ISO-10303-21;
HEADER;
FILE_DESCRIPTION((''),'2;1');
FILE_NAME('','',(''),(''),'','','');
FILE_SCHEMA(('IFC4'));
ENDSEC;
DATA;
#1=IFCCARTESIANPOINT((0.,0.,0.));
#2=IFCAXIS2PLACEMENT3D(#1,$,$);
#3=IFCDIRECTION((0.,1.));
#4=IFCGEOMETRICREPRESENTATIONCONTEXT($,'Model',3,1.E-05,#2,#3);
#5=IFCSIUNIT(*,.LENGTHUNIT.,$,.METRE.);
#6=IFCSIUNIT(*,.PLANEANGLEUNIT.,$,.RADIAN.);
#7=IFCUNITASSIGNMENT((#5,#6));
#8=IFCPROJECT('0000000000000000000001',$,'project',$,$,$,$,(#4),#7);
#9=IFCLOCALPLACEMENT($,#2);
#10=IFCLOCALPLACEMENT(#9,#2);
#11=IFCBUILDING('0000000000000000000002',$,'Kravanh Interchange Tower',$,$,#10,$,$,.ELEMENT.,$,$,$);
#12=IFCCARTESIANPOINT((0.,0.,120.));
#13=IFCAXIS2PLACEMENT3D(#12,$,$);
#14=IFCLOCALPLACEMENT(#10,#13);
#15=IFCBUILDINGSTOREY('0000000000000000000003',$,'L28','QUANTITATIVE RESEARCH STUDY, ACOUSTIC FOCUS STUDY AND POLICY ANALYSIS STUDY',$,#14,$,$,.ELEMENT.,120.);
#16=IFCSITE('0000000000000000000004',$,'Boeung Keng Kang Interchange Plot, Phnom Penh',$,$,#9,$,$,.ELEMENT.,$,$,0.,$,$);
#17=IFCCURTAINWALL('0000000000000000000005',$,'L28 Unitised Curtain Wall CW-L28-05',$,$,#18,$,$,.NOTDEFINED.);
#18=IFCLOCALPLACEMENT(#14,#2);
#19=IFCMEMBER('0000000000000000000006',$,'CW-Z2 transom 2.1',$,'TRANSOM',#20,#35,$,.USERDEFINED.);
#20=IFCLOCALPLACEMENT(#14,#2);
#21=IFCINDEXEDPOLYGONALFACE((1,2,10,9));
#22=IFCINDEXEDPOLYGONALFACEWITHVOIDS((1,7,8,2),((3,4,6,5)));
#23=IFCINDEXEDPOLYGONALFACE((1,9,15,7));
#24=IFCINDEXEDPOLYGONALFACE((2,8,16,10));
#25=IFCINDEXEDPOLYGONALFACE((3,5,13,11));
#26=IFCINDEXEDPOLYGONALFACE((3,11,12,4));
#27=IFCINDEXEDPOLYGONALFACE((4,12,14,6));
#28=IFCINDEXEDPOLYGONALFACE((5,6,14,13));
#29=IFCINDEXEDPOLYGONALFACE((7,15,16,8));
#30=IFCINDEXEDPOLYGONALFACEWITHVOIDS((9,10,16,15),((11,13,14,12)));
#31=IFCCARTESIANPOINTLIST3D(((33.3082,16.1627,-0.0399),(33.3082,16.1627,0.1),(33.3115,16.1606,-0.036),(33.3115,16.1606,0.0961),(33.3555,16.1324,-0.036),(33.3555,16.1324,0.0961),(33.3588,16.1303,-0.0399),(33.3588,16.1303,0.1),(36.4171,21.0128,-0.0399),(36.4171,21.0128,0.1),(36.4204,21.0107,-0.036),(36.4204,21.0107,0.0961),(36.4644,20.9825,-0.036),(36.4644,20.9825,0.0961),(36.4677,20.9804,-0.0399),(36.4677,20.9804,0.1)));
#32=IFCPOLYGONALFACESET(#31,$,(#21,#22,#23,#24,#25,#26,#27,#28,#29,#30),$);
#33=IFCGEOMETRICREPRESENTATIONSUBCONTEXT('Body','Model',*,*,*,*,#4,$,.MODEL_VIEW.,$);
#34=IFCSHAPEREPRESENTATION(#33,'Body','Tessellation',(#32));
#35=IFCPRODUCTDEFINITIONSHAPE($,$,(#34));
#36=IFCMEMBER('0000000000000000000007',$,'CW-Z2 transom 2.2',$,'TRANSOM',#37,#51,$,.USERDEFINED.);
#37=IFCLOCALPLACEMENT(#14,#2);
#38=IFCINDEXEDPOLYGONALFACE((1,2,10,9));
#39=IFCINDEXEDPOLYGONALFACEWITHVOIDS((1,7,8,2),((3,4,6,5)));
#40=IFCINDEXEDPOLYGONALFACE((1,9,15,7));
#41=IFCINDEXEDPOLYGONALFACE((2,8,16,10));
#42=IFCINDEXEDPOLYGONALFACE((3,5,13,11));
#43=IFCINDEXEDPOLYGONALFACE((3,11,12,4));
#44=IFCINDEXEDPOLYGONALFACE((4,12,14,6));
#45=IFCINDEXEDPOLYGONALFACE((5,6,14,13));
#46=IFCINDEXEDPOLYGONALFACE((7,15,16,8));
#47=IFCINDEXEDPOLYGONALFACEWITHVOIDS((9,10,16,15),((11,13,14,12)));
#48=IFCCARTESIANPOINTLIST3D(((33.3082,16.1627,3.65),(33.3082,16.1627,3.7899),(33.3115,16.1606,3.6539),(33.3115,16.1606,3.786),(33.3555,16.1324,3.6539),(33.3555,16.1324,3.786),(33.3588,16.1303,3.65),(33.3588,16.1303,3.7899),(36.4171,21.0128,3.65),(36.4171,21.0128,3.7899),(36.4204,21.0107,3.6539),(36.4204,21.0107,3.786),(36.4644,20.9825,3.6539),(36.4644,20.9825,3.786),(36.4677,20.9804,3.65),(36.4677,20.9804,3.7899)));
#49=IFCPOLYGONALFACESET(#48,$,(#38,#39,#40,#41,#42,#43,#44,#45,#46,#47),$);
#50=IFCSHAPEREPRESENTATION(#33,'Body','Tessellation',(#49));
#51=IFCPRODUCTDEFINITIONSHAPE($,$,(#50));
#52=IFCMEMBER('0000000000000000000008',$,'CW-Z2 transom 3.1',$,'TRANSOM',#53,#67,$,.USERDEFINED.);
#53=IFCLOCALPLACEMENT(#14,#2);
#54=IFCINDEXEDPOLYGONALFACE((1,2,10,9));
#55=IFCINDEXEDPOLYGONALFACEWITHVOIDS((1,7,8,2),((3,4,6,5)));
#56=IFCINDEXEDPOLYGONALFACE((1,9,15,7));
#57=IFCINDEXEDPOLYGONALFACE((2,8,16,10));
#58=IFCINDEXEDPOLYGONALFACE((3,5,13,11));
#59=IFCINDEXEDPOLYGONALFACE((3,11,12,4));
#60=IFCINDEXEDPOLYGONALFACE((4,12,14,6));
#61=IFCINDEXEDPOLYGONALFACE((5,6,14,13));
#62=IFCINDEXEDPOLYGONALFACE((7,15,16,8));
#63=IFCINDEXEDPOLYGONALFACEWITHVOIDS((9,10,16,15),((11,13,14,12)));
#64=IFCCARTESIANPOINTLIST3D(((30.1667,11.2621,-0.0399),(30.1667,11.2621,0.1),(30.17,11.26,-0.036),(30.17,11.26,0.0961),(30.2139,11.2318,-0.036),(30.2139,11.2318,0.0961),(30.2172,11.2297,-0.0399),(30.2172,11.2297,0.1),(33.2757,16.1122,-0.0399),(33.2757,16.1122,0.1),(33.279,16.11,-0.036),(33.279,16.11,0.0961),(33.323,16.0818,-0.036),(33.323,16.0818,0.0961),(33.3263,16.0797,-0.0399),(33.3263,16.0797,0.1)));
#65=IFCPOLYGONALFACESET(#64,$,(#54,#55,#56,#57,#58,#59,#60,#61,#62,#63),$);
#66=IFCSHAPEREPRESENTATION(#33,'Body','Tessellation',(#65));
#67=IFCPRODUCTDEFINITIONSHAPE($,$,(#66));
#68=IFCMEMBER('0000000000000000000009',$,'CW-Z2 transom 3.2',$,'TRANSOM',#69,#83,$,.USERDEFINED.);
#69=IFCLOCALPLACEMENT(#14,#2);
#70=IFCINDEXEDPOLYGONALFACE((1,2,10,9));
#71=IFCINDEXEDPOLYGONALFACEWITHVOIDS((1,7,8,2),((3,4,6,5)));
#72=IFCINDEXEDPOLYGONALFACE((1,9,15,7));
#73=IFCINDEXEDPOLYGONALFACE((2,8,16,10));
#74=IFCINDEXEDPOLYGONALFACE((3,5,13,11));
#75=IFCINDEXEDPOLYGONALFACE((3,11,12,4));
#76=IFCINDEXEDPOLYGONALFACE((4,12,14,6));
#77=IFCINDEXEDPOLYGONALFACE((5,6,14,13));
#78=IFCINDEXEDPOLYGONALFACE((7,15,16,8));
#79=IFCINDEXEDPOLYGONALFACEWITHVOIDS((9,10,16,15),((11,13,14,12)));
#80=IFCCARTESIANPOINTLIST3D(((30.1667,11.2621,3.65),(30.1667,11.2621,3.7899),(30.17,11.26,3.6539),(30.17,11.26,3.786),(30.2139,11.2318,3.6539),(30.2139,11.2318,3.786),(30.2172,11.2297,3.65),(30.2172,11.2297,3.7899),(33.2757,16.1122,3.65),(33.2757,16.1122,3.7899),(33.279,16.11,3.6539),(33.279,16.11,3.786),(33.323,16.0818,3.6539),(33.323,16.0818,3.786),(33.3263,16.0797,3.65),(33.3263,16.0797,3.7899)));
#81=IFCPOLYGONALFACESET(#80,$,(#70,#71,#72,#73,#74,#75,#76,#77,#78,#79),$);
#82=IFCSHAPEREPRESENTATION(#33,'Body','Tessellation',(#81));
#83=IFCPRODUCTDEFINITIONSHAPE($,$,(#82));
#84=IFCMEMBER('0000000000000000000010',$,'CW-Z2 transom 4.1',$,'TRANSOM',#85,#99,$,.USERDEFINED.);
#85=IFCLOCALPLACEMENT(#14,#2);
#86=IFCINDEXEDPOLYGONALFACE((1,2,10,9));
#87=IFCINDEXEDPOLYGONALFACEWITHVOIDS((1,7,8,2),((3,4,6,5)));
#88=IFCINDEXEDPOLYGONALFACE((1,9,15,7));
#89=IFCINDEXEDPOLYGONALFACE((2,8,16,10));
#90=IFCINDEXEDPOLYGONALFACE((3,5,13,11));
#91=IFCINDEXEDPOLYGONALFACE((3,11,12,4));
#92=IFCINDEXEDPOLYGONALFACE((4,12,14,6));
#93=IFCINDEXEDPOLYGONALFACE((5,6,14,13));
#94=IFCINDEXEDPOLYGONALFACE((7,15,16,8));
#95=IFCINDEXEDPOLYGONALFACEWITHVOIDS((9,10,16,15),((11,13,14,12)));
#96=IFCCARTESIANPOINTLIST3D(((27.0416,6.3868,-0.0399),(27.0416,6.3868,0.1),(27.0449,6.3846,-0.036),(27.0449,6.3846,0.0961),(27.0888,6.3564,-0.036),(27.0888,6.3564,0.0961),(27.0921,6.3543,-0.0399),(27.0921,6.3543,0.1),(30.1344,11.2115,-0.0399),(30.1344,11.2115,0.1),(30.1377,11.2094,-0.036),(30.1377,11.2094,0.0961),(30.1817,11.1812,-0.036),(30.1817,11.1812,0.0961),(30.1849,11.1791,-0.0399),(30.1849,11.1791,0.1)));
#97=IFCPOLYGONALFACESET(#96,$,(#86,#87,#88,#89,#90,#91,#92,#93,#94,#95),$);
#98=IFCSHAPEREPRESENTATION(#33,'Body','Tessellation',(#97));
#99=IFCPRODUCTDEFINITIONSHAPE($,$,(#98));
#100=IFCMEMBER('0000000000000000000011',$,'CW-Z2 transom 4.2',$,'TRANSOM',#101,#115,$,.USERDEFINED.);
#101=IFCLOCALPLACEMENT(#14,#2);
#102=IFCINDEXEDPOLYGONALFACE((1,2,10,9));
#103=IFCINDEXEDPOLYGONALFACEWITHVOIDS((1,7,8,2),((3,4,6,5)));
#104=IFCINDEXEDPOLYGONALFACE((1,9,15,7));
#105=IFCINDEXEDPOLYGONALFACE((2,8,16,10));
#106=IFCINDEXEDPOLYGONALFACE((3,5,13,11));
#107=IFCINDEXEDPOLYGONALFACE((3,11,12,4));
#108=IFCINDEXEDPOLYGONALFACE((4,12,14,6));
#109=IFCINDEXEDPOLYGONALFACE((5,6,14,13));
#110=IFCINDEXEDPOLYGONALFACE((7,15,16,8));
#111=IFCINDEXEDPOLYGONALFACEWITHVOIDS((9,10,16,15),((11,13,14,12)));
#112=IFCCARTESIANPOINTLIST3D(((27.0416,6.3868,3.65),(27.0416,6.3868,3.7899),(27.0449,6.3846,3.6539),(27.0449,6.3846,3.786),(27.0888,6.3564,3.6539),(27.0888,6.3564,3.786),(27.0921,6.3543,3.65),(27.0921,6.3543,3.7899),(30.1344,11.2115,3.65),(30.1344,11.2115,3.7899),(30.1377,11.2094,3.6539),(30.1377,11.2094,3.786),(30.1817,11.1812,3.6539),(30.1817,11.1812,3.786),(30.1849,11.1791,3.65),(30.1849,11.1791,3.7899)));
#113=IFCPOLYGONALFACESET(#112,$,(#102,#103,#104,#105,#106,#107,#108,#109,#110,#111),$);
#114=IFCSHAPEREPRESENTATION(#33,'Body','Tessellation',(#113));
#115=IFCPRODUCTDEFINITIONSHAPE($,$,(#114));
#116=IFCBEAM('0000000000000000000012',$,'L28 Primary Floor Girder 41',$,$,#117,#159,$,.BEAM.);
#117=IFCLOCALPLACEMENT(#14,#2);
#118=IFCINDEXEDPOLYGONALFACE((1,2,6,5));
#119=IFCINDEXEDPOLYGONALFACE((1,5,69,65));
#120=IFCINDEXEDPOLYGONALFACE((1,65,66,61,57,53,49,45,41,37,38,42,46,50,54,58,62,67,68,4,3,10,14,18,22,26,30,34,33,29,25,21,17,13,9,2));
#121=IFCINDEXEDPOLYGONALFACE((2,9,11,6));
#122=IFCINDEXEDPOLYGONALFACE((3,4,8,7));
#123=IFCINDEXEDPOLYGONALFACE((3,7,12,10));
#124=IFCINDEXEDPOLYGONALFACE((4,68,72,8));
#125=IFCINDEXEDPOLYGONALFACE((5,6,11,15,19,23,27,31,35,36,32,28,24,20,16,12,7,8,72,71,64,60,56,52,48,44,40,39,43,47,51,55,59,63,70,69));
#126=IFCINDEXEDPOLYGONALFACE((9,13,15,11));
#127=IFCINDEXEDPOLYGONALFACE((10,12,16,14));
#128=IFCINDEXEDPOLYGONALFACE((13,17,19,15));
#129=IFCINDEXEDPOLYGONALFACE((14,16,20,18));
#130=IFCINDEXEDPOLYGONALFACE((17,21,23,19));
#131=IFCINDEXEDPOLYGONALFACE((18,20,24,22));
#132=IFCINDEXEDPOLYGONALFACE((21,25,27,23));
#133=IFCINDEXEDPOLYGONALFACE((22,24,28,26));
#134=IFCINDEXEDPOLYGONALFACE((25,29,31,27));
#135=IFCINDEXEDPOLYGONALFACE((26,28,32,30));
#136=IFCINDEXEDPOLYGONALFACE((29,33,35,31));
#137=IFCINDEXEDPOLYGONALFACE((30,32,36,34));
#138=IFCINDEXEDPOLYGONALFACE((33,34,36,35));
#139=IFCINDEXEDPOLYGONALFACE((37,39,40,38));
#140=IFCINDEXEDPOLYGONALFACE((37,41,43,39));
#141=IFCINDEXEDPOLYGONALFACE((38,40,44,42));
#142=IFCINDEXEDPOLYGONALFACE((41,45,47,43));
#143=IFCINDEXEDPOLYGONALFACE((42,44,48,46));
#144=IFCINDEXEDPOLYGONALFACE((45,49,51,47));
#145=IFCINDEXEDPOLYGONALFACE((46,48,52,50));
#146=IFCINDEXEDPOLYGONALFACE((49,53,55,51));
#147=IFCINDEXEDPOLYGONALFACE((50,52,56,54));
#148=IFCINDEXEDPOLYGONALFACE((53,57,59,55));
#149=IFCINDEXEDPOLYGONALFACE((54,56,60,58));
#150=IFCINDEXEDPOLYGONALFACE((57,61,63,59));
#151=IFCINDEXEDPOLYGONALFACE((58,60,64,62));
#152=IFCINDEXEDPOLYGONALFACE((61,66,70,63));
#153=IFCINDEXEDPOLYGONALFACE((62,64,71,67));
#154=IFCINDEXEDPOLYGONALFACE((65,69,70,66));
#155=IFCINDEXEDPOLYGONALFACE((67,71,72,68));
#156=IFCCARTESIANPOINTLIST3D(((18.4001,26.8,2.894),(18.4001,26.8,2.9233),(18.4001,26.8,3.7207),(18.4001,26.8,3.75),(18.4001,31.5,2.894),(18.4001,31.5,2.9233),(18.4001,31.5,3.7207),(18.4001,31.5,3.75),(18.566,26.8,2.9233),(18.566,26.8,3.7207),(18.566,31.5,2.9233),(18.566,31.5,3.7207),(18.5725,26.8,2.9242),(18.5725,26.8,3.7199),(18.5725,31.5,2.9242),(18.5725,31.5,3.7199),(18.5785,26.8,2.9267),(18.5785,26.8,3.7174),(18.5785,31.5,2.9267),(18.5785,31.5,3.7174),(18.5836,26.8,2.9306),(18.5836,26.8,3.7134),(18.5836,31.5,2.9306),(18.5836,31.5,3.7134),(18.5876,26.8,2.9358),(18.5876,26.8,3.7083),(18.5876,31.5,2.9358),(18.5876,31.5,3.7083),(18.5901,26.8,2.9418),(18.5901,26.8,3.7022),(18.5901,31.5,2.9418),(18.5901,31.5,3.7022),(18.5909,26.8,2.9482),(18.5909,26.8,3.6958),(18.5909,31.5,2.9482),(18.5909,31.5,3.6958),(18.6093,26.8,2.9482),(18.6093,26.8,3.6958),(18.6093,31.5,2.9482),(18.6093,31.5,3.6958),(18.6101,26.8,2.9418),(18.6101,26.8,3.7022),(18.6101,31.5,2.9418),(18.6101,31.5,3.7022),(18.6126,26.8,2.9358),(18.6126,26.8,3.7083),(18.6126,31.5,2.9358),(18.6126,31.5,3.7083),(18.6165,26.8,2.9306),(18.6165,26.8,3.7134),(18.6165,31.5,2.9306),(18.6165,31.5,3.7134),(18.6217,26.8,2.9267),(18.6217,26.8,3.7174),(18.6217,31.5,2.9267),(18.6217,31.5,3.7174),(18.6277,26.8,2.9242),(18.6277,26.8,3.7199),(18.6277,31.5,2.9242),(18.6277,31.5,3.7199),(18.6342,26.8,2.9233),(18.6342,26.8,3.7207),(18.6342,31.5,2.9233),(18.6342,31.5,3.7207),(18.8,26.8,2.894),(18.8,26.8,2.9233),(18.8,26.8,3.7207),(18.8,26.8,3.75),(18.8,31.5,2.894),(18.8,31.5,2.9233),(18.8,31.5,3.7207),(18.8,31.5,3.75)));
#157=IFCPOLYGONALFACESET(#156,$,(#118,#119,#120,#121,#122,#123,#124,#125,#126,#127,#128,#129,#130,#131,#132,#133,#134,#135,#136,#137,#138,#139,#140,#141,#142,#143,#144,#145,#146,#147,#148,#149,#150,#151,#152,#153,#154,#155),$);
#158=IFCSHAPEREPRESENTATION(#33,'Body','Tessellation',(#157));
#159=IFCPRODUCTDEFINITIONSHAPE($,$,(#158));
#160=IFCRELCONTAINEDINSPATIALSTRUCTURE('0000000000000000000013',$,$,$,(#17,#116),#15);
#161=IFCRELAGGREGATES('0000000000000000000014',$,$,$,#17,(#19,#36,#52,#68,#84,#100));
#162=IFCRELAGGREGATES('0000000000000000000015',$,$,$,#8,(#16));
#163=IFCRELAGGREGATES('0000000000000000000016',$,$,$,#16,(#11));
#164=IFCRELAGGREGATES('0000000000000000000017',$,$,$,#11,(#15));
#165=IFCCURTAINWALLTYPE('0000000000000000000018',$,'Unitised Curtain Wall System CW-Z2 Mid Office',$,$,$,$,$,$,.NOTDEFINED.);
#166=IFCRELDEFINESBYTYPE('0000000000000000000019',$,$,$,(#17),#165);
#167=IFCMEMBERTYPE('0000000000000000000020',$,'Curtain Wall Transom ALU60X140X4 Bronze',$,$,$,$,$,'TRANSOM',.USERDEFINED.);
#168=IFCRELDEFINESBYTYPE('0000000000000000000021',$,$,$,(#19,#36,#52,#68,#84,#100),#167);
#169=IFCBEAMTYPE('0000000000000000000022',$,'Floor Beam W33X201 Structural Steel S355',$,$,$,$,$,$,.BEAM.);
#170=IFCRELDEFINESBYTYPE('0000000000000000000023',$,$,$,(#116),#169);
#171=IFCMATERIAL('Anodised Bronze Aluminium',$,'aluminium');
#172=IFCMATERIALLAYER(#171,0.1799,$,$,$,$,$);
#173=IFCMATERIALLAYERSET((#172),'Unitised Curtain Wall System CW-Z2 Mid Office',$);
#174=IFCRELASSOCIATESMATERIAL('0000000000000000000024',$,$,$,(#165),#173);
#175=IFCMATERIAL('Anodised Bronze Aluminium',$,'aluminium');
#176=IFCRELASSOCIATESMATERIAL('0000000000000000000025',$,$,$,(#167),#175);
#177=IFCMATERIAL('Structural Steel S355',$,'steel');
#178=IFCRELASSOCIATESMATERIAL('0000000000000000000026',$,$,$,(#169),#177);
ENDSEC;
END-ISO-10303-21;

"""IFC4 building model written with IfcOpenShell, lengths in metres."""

from ifc_helpers import new_model, si_unit, direction, frame, origin, origin_2d, place, context, subcontext, project, spatial, hollow_rectangle, i_section, extrude, material, layer, layer_set, material_profile, profile_set, type_object, element, aggregate, save


model = new_model("IFC4")

# Units and contexts
model_context = context("Model", 3, precision=1e-05, world=origin(), true_north=direction((0.0, 1.0)))
body_context = subcontext(model_context, "Body", "Model", "MODEL_VIEW")
ifc_project = project(units=[si_unit("LENGTHUNIT", "METRE"), si_unit("PLANEANGLEUNIT", "RADIAN")], contexts=[model_context])

# Site, building, storey
site_placement = place(None, origin())
site = spatial("IfcSite", under=ifc_project, at=site_placement, Name="Boeung Keng Kang Interchange Plot, Phnom Penh", CompositionType="ELEMENT", RefElevation=0.0)
building_placement = place(site_placement, origin())
building = spatial("IfcBuilding", under=site, at=building_placement, Name="Kravanh Interchange Tower", CompositionType="ELEMENT")
storey_placement = place(building_placement, frame((0.0, 0.0, 120.0)))
storey = spatial("IfcBuildingStorey", under=building, at=storey_placement, Name="L28", Description="QUANTITATIVE RESEARCH STUDY, ACOUSTIC FOCUS STUDY AND POLICY ANALYSIS STUDY", CompositionType="ELEMENT", Elevation=120.0)

# Curtain wall, members
ifc_material_1 = material(Name="Anodised Bronze Aluminium", Category="aluminium")
ifc_layer_1 = layer(ifc_material_1, 0.1799)
ifc_layer_set_1 = layer_set([ifc_layer_1], Name="Unitised Curtain Wall System CW-Z2 Mid Office")
curtain_wall_type = type_object("IfcCurtainWallType", Name="Unitised Curtain Wall System CW-Z2 Mid Office", PredefinedType="NOTDEFINED", material=ifc_layer_set_1)
curtain_wall_placement = place(storey_placement, origin())
curtain_wall = element("IfcCurtainWall", 1, at=curtain_wall_placement, inside=storey, type_object=curtain_wall_type, Name="L28 Unitised Curtain Wall CW-L28-05", PredefinedType="NOTDEFINED")
ifc_material_2 = material(Name="Anodised Bronze Aluminium", Category="aluminium")
ifc_material_profile_1 = material_profile(ifc_material_2, hollow_rectangle(XDim=0.0601, YDim=0.1399, WallThickness=0.0039, at=origin_2d()), Name="ALU60X140X4")
ifc_profile_set_1 = profile_set([ifc_material_profile_1], Name="Anodised Bronze Aluminium")
member_type_1 = type_object("IfcMemberType", Name="Curtain Wall Transom ALU60X140X4 Bronze", ElementType="TRANSOM", PredefinedType="USERDEFINED", material=ifc_profile_set_1)
member_1_placement = place(storey_placement, frame((36.4424, 20.9966, 0.03), z_axis=(-0.539648, -0.841891, 0.0), x_axis=(0.841891, -0.539648, 0.0)))
member_1 = element("IfcMember", 2, at=member_1_placement, type_object=member_type_1, Name="CW-Z2 transom 2.1", ObjectType="TRANSOM", PredefinedType="USERDEFINED", context=body_context, shape_type="SweptSolid", body=[
    extrude(hollow_rectangle(XDim=0.0601, YDim=0.1399, WallThickness=0.0039, at=origin_2d()), origin(), (0.0, 0.0, 1.0), 5.761),
])
member_2_placement = place(storey_placement, frame((36.4424, 20.9966, 3.72), z_axis=(-0.539648, -0.841891, 0.0), x_axis=(0.841891, -0.539648, 0.0)))
member_2 = element("IfcMember", 3, at=member_2_placement, type_object=member_type_1, Name="CW-Z2 transom 2.2", ObjectType="TRANSOM", PredefinedType="USERDEFINED", context=body_context, shape_type="SweptSolid", body=[
    extrude(hollow_rectangle(XDim=0.0601, YDim=0.1399, WallThickness=0.0039, at=origin_2d()), origin(), (0.0, 0.0, 1.0), 5.761),
])
member_3_placement = place(storey_placement, frame((33.301, 16.0959, 0.03), z_axis=(-0.539678, -0.841872, 0.0), x_axis=(0.841872, -0.539678, 0.0)))
member_3 = element("IfcMember", 4, at=member_3_placement, type_object=member_type_1, Name="CW-Z2 transom 3.1", ObjectType="TRANSOM", PredefinedType="USERDEFINED", context=body_context, shape_type="SweptSolid", body=[
    extrude(hollow_rectangle(XDim=0.0601, YDim=0.1399, WallThickness=0.0039, at=origin_2d()), origin(), (0.0, 0.0, 1.0), 5.761),
])
member_4_placement = place(storey_placement, frame((33.301, 16.0959, 3.72), z_axis=(-0.539678, -0.841872, 0.0), x_axis=(0.841872, -0.539678, 0.0)))
member_4 = element("IfcMember", 5, at=member_4_placement, type_object=member_type_1, Name="CW-Z2 transom 3.2", ObjectType="TRANSOM", PredefinedType="USERDEFINED", context=body_context, shape_type="SweptSolid", body=[
    extrude(hollow_rectangle(XDim=0.0601, YDim=0.1399, WallThickness=0.0039, at=origin_2d()), origin(), (0.0, 0.0, 1.0), 5.761),
])
member_5_placement = place(storey_placement, frame((30.1597, 11.1953, 0.03), z_axis=(-0.539668, -0.841878, 0.0), x_axis=(0.841878, -0.539668, 0.0)))
member_5 = element("IfcMember", 6, at=member_5_placement, type_object=member_type_1, Name="CW-Z2 transom 4.1", ObjectType="TRANSOM", PredefinedType="USERDEFINED", context=body_context, shape_type="SweptSolid", body=[
    extrude(hollow_rectangle(XDim=0.0601, YDim=0.1399, WallThickness=0.0039, at=origin_2d()), origin(), (0.0, 0.0, 1.0), 5.731),
])
member_6_placement = place(storey_placement, frame((30.1597, 11.1953, 3.72), z_axis=(-0.539668, -0.841878, 0.0), x_axis=(0.841878, -0.539668, 0.0)))
member_6 = element("IfcMember", 7, at=member_6_placement, type_object=member_type_1, Name="CW-Z2 transom 4.2", ObjectType="TRANSOM", PredefinedType="USERDEFINED", context=body_context, shape_type="SweptSolid", body=[
    extrude(hollow_rectangle(XDim=0.0601, YDim=0.1399, WallThickness=0.0039, at=origin_2d()), origin(), (0.0, 0.0, 1.0), 5.731),
])

# Beam
ifc_material_3 = material(Name="Structural Steel S355", Category="steel")
ifc_material_profile_2 = material_profile(ifc_material_3, i_section(OverallWidth=0.3999, OverallDepth=0.856, WebThickness=0.0183, FlangeThickness=0.0293, FilletRadius=0.0249, at=origin_2d()), Name="W33X201")
ifc_profile_set_2 = profile_set([ifc_material_profile_2], Name="Structural Steel S355")
beam_type_1 = type_object("IfcBeamType", Name="Floor Beam W33X201 Structural Steel S355", PredefinedType="BEAM", material=ifc_profile_set_2)
beam_1_placement = place(storey_placement, frame((18.6001, 26.8, 3.322), z_axis=(0.0, 1.0, 0.0), x_axis=(-1.0, 0.0, 0.0)))
element("IfcBeam", 8, at=beam_1_placement, inside=storey, type_object=beam_type_1, Name="L28 Primary Floor Girder 41", PredefinedType="BEAM", context=body_context, shape_type="SweptSolid", body=[
    extrude(i_section(OverallWidth=0.3999, OverallDepth=0.856, WebThickness=0.0183, FlangeThickness=0.0293, FilletRadius=0.0249, at=origin_2d()), origin(), (0.0, 0.0, 1.0), 4.7),
])

aggregate(curtain_wall, [member_1, member_2, member_3, member_4, member_5, member_6])

save(model, "model.ifc")
